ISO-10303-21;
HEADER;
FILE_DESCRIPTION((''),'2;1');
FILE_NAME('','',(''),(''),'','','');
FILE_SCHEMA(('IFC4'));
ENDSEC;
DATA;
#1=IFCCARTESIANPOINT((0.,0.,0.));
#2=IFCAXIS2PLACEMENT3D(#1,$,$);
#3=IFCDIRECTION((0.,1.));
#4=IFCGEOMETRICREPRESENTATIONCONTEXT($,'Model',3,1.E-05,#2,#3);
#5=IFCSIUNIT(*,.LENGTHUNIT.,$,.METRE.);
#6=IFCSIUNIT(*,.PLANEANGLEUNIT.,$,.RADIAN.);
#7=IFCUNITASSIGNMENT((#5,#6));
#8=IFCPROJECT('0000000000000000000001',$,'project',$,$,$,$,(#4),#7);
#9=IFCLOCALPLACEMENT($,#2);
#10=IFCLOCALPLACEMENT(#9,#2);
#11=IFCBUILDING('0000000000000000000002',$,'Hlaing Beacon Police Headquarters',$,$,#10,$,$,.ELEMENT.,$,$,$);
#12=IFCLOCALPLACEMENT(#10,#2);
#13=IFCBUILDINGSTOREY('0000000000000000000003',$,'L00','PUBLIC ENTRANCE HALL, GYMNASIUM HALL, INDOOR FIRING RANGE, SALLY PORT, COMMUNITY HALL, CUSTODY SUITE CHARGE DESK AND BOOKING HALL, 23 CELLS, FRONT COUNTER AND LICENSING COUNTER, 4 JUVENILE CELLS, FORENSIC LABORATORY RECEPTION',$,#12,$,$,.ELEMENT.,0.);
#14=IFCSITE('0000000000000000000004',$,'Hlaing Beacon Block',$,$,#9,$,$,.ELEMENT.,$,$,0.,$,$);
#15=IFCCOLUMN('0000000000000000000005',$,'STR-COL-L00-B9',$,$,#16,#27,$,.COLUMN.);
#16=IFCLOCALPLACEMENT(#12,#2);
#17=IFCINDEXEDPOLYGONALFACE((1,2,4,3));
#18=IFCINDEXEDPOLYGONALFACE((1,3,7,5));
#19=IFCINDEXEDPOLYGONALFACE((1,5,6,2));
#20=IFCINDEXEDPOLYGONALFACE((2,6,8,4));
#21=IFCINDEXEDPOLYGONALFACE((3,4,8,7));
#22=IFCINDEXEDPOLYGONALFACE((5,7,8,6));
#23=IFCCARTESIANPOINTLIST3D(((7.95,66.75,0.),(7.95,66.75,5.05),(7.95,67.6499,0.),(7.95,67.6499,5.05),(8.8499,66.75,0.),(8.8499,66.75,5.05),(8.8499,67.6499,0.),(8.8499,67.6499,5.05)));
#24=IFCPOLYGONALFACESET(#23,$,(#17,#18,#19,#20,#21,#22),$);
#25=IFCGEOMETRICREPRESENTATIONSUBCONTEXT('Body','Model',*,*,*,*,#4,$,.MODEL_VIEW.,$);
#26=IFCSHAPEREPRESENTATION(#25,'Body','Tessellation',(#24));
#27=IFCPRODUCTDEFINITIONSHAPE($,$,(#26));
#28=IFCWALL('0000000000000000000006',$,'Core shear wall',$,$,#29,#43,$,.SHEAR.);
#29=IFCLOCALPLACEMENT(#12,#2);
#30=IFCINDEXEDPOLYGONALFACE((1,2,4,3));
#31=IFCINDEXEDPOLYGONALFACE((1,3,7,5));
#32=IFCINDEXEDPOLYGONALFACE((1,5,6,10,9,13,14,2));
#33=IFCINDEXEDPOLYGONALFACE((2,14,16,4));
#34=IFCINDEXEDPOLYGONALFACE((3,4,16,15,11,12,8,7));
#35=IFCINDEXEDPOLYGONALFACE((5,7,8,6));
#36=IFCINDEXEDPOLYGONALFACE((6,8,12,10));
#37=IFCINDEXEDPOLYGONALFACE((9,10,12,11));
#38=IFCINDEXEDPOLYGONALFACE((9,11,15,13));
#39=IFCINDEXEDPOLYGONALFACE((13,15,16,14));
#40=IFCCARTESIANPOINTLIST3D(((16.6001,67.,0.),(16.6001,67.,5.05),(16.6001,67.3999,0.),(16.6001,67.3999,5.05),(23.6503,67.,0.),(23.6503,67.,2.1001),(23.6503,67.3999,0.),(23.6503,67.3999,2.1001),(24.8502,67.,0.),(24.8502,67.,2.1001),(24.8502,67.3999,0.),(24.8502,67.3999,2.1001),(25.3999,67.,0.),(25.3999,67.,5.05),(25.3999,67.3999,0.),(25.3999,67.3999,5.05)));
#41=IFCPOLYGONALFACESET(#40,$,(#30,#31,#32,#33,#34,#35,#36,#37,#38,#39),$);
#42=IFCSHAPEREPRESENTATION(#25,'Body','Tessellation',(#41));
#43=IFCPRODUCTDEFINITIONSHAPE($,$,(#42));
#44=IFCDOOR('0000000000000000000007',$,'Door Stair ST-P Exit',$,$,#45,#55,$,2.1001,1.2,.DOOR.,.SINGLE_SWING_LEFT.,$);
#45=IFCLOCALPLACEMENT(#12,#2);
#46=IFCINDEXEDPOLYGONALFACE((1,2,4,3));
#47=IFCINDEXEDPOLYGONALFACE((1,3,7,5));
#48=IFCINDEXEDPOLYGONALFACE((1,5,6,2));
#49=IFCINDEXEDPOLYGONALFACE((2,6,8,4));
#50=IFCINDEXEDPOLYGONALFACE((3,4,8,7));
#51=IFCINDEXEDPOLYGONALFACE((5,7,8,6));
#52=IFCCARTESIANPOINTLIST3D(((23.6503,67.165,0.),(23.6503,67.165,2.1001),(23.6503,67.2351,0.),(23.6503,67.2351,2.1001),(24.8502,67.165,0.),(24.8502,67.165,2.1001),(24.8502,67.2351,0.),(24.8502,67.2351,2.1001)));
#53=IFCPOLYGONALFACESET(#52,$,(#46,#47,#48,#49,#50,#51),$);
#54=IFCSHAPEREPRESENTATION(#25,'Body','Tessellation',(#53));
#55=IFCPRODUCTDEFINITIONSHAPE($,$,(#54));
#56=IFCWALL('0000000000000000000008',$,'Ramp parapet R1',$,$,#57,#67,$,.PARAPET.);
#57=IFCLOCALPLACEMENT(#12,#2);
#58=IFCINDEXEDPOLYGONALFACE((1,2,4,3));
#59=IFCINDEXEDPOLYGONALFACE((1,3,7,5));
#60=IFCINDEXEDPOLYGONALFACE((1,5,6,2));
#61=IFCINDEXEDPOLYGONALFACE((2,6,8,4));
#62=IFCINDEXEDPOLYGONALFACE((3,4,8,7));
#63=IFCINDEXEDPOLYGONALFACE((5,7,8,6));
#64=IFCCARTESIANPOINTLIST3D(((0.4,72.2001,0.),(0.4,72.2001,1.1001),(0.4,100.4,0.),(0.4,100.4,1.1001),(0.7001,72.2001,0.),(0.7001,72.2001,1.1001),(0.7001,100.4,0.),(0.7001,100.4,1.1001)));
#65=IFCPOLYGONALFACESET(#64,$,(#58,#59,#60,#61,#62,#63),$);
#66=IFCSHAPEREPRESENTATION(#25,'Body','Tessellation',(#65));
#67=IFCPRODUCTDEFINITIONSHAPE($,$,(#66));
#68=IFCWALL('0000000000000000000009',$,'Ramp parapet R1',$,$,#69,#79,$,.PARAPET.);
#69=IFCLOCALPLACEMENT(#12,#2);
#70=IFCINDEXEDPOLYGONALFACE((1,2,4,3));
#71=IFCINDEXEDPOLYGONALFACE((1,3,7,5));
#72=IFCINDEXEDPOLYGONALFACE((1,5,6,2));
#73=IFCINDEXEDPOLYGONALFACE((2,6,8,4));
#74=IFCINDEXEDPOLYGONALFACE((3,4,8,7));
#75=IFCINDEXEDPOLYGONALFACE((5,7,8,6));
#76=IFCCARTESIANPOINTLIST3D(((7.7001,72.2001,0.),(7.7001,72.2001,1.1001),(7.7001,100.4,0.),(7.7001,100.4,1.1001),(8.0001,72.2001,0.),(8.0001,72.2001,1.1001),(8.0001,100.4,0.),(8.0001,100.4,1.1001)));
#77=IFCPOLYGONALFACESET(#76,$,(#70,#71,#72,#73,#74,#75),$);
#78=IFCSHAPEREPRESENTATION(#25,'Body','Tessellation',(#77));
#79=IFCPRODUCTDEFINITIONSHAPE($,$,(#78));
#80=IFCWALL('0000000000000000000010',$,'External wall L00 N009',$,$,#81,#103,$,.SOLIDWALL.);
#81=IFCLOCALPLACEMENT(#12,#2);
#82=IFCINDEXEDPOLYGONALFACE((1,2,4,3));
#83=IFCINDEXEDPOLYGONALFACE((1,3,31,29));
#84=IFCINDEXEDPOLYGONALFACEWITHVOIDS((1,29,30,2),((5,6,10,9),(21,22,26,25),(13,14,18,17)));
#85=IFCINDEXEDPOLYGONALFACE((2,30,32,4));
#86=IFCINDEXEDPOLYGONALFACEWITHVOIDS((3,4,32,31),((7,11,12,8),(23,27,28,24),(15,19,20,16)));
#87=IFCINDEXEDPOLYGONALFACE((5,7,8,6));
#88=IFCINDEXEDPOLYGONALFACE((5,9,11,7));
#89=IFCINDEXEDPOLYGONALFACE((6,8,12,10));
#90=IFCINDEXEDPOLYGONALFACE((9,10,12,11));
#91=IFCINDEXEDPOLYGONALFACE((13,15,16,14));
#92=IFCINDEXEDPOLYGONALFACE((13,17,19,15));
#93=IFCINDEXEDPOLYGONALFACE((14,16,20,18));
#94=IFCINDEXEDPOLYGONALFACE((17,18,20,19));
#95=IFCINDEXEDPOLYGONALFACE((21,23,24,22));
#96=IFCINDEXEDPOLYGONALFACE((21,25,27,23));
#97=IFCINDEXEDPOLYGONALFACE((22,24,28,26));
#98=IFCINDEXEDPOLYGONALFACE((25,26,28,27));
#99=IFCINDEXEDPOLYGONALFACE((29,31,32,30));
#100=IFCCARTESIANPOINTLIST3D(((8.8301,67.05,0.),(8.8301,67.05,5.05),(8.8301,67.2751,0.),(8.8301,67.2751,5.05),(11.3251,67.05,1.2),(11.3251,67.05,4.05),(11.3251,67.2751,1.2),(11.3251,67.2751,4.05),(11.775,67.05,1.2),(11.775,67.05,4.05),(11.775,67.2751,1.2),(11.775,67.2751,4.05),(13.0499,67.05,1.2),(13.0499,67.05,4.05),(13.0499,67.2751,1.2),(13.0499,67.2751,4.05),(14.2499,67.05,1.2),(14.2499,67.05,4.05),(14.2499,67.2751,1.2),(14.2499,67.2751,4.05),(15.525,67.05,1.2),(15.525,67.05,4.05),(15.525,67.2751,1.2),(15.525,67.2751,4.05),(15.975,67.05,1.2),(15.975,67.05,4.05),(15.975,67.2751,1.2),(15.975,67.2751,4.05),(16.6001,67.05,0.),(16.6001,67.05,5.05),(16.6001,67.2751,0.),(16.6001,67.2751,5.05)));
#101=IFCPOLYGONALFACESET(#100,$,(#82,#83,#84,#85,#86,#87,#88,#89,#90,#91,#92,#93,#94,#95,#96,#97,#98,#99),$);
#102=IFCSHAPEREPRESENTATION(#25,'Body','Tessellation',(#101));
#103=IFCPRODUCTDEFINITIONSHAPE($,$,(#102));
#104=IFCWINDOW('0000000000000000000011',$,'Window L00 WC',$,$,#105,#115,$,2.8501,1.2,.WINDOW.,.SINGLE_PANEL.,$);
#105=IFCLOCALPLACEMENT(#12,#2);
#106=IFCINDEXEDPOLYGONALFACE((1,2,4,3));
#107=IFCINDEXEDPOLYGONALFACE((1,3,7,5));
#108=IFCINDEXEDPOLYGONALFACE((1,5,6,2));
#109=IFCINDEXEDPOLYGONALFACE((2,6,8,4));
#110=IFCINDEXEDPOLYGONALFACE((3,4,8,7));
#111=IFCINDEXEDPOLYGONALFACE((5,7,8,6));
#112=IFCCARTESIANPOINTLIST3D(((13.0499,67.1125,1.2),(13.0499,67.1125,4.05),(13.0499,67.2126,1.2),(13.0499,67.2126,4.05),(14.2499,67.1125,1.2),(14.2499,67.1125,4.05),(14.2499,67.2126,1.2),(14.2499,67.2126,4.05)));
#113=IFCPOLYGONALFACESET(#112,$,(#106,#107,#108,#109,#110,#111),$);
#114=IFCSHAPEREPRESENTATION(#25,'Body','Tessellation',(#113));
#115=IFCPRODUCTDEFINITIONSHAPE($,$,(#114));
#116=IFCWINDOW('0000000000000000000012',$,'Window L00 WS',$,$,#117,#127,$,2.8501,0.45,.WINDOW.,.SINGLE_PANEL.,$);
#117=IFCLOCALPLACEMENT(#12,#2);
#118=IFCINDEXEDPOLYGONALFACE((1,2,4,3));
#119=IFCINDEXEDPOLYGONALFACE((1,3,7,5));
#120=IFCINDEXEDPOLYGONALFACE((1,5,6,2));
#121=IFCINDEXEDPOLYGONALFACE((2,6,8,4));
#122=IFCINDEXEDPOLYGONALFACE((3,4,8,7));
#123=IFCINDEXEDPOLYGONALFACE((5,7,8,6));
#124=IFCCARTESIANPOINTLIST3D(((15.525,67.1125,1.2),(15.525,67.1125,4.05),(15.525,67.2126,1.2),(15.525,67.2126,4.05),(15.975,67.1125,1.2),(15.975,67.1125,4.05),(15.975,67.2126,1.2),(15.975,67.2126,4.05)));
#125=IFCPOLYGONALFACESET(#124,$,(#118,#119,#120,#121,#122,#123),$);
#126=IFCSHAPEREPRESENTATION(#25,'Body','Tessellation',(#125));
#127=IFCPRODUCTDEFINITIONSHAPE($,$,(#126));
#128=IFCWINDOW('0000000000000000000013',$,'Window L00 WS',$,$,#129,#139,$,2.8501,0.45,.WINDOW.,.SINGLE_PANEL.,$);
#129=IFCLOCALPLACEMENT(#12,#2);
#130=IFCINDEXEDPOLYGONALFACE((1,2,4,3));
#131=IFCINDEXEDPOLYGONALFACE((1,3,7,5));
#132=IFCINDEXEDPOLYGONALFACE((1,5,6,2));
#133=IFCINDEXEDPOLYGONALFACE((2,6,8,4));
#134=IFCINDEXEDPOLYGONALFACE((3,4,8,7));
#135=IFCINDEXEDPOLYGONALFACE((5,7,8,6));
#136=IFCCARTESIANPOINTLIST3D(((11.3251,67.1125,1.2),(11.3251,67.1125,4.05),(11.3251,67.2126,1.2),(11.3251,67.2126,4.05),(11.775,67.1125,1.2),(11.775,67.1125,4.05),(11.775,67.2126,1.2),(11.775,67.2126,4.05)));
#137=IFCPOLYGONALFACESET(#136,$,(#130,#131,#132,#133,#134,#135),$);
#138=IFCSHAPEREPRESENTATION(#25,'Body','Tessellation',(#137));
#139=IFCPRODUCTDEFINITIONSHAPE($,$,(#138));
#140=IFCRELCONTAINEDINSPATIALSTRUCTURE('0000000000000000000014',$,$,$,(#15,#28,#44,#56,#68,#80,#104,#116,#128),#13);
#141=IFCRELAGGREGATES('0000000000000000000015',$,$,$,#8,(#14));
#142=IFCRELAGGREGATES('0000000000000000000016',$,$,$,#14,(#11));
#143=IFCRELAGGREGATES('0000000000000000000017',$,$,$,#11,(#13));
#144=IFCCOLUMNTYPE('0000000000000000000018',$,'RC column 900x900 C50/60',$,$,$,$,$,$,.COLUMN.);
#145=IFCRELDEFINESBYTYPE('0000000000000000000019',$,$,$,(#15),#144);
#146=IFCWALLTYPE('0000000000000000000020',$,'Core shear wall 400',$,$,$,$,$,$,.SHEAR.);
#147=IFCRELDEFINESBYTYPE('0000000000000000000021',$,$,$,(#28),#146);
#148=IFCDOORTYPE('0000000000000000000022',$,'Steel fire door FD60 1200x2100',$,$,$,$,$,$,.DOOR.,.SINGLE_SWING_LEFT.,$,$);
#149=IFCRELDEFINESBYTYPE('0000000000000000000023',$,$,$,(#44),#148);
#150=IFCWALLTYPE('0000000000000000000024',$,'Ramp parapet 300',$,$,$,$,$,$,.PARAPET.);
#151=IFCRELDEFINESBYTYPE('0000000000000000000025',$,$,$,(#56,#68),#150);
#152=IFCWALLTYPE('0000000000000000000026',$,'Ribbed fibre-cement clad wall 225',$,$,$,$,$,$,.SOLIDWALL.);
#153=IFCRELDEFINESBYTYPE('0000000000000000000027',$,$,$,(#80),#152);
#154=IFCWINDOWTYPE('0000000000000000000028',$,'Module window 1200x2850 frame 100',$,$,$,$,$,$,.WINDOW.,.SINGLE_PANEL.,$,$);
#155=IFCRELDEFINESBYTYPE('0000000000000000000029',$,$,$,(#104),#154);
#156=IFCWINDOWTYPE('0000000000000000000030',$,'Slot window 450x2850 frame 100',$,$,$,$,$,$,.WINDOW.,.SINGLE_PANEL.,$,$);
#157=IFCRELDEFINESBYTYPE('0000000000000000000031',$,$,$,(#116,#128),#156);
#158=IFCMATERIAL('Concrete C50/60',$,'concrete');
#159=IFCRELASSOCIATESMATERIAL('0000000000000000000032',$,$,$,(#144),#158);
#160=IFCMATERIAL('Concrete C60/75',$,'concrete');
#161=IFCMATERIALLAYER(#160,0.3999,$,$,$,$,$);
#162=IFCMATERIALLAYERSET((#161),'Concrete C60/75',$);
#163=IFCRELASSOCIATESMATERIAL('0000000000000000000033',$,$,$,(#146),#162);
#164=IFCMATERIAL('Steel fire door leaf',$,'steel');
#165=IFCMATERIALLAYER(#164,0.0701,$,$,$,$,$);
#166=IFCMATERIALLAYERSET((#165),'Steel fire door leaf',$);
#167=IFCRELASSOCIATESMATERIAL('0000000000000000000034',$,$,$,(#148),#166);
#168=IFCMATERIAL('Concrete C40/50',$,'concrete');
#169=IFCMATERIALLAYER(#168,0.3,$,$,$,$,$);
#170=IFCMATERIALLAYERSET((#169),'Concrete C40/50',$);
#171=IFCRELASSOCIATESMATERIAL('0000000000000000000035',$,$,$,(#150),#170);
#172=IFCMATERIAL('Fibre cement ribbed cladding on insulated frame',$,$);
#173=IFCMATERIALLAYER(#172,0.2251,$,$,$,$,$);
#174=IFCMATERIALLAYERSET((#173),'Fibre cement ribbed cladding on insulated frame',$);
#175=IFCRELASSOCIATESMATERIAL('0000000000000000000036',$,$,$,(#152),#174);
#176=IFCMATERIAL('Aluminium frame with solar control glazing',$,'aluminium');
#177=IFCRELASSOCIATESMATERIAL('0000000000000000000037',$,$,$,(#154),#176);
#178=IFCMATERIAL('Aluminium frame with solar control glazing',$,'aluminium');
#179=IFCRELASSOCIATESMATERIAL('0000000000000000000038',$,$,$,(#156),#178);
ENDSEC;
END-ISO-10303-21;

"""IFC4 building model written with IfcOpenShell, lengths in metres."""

from ifc_helpers import new_model, si_unit, direction, frame, frame_2d, origin, origin_2d, place, context, subcontext, project, spatial, rectangle, extrude, material, layer, layer_set, material_profile, profile_set, type_object, element, fill, save


model = new_model("IFC4")

# Units and contexts
model_context = context("Model", 3, precision=1e-05, world=origin(), true_north=direction((0.0, 1.0)))
body_context = subcontext(model_context, "Body", "Model", "MODEL_VIEW")
ifc_project = project(units=[si_unit("LENGTHUNIT", "METRE"), si_unit("PLANEANGLEUNIT", "RADIAN")], contexts=[model_context])

# Site, building, storey
site_placement = place(None, origin())
site = spatial("IfcSite", under=ifc_project, at=site_placement, Name="Hlaing Beacon Block", CompositionType="ELEMENT", RefElevation=0.0)
building_placement = place(site_placement, origin())
building = spatial("IfcBuilding", under=site, at=building_placement, Name="Hlaing Beacon Police Headquarters", CompositionType="ELEMENT")
storey_placement = place(building_placement, origin())
storey = spatial("IfcBuildingStorey", under=building, at=storey_placement, Name="L00", Description="PUBLIC ENTRANCE HALL, GYMNASIUM HALL, INDOOR FIRING RANGE, SALLY PORT, COMMUNITY HALL, CUSTODY SUITE CHARGE DESK AND BOOKING HALL, 23 CELLS, FRONT COUNTER AND LICENSING COUNTER, 4 JUVENILE CELLS, FORENSIC LABORATORY RECEPTION", CompositionType="ELEMENT", Elevation=0.0)

# Column
ifc_material_1 = material(Name="Concrete C50/60", Category="concrete")
ifc_material_profile = material_profile(ifc_material_1, rectangle(XDim=0.8999, YDim=0.8999, at=origin_2d()), Name="900x900")
ifc_profile_set = profile_set([ifc_material_profile], Name="Concrete C50/60")
column_type = type_object("IfcColumnType", Name="RC column 900x900 C50/60", PredefinedType="COLUMN", material=ifc_profile_set)
column_placement = place(storey_placement, frame((8.3999, 67.2, 0.0), z_axis=(0.0, 0.0, 1.0), x_axis=(1.0, 0.0, 0.0)))
element("IfcColumn", 1, at=column_placement, inside=storey, type_object=column_type, Name="STR-COL-L00-B9", PredefinedType="COLUMN", context=body_context, shape_type="SweptSolid", body=[
    extrude(rectangle(XDim=0.8999, YDim=0.8999, at=origin_2d()), origin(), (0.0, 0.0, 1.0), 5.05),
])

# Wall, opening, door
ifc_material_2 = material(Name="Concrete C60/75", Category="concrete")
ifc_layer_1 = layer(ifc_material_2, 0.3999)
ifc_layer_set_1 = layer_set([ifc_layer_1], Name="Concrete C60/75")
wall_type_1 = type_object("IfcWallType", Name="Core shear wall 400", PredefinedType="SHEAR", material=ifc_layer_set_1)
wall_1_placement = place(storey_placement, frame((16.6001, 67.2, 0.0), z_axis=(0.0, 0.0, 1.0), x_axis=(1.0, 0.0, 0.0)))
wall_1 = element("IfcWall", 2, at=wall_1_placement, inside=storey, type_object=wall_type_1, Name="Core shear wall", PredefinedType="SHEAR", context=body_context, shape_type="SweptSolid", body=[
    extrude(rectangle(XDim=8.7998, YDim=0.3999, at=frame_2d((4.3999, 0.0))), origin(), (0.0, 0.0, 1.0), 5.05),
])
opening_1_placement = place(wall_1_placement, frame((7.05, 0.0, 0.0)))
opening_1 = element("IfcOpeningElement", 3, at=opening_1_placement, cuts=wall_1, PredefinedType="OPENING", context=body_context, shape_type="SweptSolid", body=[
    extrude(rectangle(XDim=1.2, YDim=2.1001, at=frame_2d((0.6001, 1.05))), frame((0.0, 0.21, 0.0), z_axis=(0.0, -1.0, 0.0), x_axis=(1.0, 0.0, 0.0)), (0.0, 0.0, 1.0), 0.4199),
])
ifc_material_3 = material(Name="Steel fire door leaf", Category="steel")
ifc_layer_2 = layer(ifc_material_3, 0.0701)
ifc_layer_set_2 = layer_set([ifc_layer_2], Name="Steel fire door leaf")
door_type = type_object("IfcDoorType", Name="Steel fire door FD60 1200x2100", OperationType="SINGLE_SWING_LEFT", PredefinedType="DOOR", material=ifc_layer_set_2)
door_placement = place(opening_1_placement, origin())
door = element("IfcDoor", 4, at=door_placement, inside=storey, type_object=door_type, Name="Door Stair ST-P Exit", OperationType="SINGLE_SWING_LEFT", OverallHeight=2.1001, OverallWidth=1.2, PredefinedType="DOOR", context=body_context, shape_type="SweptSolid", body=[
    extrude(rectangle(XDim=1.2, YDim=2.1001, at=frame_2d((0.6001, 1.05))), frame((0.0, 0.0352, 0.0), z_axis=(0.0, -1.0, 0.0), x_axis=(1.0, 0.0, 0.0)), (0.0, 0.0, 1.0), 0.0701),
])
fill(opening_1, door)

# Walls
ifc_material_4 = material(Name="Concrete C40/50", Category="concrete")
ifc_layer_3 = layer(ifc_material_4, 0.3)
ifc_layer_set_3 = layer_set([ifc_layer_3], Name="Concrete C40/50")
wall_type_2 = type_object("IfcWallType", Name="Ramp parapet 300", PredefinedType="PARAPET", material=ifc_layer_set_3)
for number, where, z_axis, x_axis, name in (
    (5, (0.55, 72.2, 0.0), (0.0, 0.0, 1.0), (0.0, 1.0, 0.0), "Ramp parapet R1"),
    (6, (7.8501, 72.2, 0.0), (0.0, 0.0, 1.0), (0.0, 1.0, 0.0), "Ramp parapet R1"),
):
    element("IfcWall", number, at=place(storey_placement, frame(where, z_axis=z_axis, x_axis=x_axis)), inside=storey, type_object=wall_type_2, Name=name, PredefinedType="PARAPET", context=body_context, shape_type="SweptSolid", body=[
        extrude(rectangle(XDim=28.2, YDim=0.3, at=frame_2d((14.1001, 0.0))), origin(), (0.0, 0.0, 1.0), 1.1001),
    ])

# Wall, openings, windows
ifc_material_5 = material(Name="Fibre cement ribbed cladding on insulated frame")
ifc_layer_4 = layer(ifc_material_5, 0.2251)
ifc_layer_set_4 = layer_set([ifc_layer_4], Name="Fibre cement ribbed cladding on insulated frame")
wall_type_3 = type_object("IfcWallType", Name="Ribbed fibre-cement clad wall 225", PredefinedType="SOLIDWALL", material=ifc_layer_set_4)
wall_2_placement = place(storey_placement, frame((16.6001, 67.1626, 0.0), z_axis=(0.0, 0.0, 1.0), x_axis=(-1.0, 0.0, 0.0)))
wall_2 = element("IfcWall", 7, at=wall_2_placement, inside=storey, type_object=wall_type_3, Name="External wall L00 N009", PredefinedType="SOLIDWALL", context=body_context, shape_type="SweptSolid", body=[
    extrude(rectangle(XDim=7.77, YDim=0.2251, at=frame_2d((3.885, 0.0))), origin(), (0.0, 0.0, 1.0), 5.05),
])
opening_2_placement = place(wall_2_placement, frame((0.625, 0.0, 1.2)))
opening_2 = element("IfcOpeningElement", 8, at=opening_2_placement, cuts=wall_2, PredefinedType="OPENING", context=body_context, shape_type="SweptSolid", body=[
    extrude(rectangle(XDim=0.45, YDim=2.8501, at=frame_2d((0.2251, 1.425))), frame((0.0, 0.1226, 0.0), z_axis=(0.0, -1.0, 0.0), x_axis=(1.0, 0.0, 0.0)), (0.0, 0.0, 1.0), 0.2451),
])
opening_3_placement = place(wall_2_placement, frame((2.3501, 0.0, 1.2)))
opening_3 = element("IfcOpeningElement", 9, at=opening_3_placement, cuts=wall_2, PredefinedType="OPENING", context=body_context, shape_type="SweptSolid", body=[
    extrude(rectangle(XDim=1.2, YDim=2.8501, at=frame_2d((0.6001, 1.425))), frame((0.0, 0.1226, 0.0), z_axis=(0.0, -1.0, 0.0), x_axis=(1.0, 0.0, 0.0)), (0.0, 0.0, 1.0), 0.2451),
])
opening_4_placement = place(wall_2_placement, frame((4.825, 0.0, 1.2)))
opening_4 = element("IfcOpeningElement", 10, at=opening_4_placement, cuts=wall_2, PredefinedType="OPENING", context=body_context, shape_type="SweptSolid", body=[
    extrude(rectangle(XDim=0.45, YDim=2.8501, at=frame_2d((0.2251, 1.425))), frame((0.0, 0.1226, 0.0), z_axis=(0.0, -1.0, 0.0), x_axis=(1.0, 0.0, 0.0)), (0.0, 0.0, 1.0), 0.2451),
])
ifc_material_6 = material(Name="Aluminium frame with solar control glazing", Category="aluminium")
window_type_1 = type_object("IfcWindowType", Name="Module window 1200x2850 frame 100", PartitioningType="SINGLE_PANEL", PredefinedType="WINDOW", material=ifc_material_6)
window_1_placement = place(opening_3_placement, origin())
window_1 = element("IfcWindow", 11, at=window_1_placement, inside=storey, type_object=window_type_1, Name="Window L00 WC", OverallHeight=2.8501, OverallWidth=1.2, PartitioningType="SINGLE_PANEL", PredefinedType="WINDOW", context=body_context, shape_type="SweptSolid", body=[
    extrude(rectangle(XDim=1.2, YDim=2.8501, at=frame_2d((0.6001, 1.425))), frame((0.0, 0.05, 0.0), z_axis=(0.0, -1.0, 0.0), x_axis=(1.0, 0.0, 0.0)), (0.0, 0.0, 1.0), 0.1001),
])
fill(opening_3, window_1)
ifc_material_7 = material(Name="Aluminium frame with solar control glazing", Category="aluminium")
window_type_2 = type_object("IfcWindowType", Name="Slot window 450x2850 frame 100", PartitioningType="SINGLE_PANEL", PredefinedType="WINDOW", material=ifc_material_7)
window_2_placement = place(opening_2_placement, origin())
window_2 = element("IfcWindow", 12, at=window_2_placement, inside=storey, type_object=window_type_2, Name="Window L00 WS", OverallHeight=2.8501, OverallWidth=0.45, PartitioningType="SINGLE_PANEL", PredefinedType="WINDOW", context=body_context, shape_type="SweptSolid", body=[
    extrude(rectangle(XDim=0.45, YDim=2.8501, at=frame_2d((0.2251, 1.425))), frame((0.0, 0.05, 0.0), z_axis=(0.0, -1.0, 0.0), x_axis=(1.0, 0.0, 0.0)), (0.0, 0.0, 1.0), 0.1001),
])
fill(opening_2, window_2)
window_3_placement = place(opening_4_placement, origin())
window_3 = element("IfcWindow", 13, at=window_3_placement, inside=storey, type_object=window_type_2, Name="Window L00 WS", OverallHeight=2.8501, OverallWidth=0.45, PartitioningType="SINGLE_PANEL", PredefinedType="WINDOW", context=body_context, shape_type="SweptSolid", body=[
    extrude(rectangle(XDim=0.45, YDim=2.8501, at=frame_2d((0.2251, 1.425))), frame((0.0, 0.05, 0.0), z_axis=(0.0, -1.0, 0.0), x_axis=(1.0, 0.0, 0.0)), (0.0, 0.0, 1.0), 0.1001),
])
fill(opening_4, window_3)

save(model, "model.ifc")
